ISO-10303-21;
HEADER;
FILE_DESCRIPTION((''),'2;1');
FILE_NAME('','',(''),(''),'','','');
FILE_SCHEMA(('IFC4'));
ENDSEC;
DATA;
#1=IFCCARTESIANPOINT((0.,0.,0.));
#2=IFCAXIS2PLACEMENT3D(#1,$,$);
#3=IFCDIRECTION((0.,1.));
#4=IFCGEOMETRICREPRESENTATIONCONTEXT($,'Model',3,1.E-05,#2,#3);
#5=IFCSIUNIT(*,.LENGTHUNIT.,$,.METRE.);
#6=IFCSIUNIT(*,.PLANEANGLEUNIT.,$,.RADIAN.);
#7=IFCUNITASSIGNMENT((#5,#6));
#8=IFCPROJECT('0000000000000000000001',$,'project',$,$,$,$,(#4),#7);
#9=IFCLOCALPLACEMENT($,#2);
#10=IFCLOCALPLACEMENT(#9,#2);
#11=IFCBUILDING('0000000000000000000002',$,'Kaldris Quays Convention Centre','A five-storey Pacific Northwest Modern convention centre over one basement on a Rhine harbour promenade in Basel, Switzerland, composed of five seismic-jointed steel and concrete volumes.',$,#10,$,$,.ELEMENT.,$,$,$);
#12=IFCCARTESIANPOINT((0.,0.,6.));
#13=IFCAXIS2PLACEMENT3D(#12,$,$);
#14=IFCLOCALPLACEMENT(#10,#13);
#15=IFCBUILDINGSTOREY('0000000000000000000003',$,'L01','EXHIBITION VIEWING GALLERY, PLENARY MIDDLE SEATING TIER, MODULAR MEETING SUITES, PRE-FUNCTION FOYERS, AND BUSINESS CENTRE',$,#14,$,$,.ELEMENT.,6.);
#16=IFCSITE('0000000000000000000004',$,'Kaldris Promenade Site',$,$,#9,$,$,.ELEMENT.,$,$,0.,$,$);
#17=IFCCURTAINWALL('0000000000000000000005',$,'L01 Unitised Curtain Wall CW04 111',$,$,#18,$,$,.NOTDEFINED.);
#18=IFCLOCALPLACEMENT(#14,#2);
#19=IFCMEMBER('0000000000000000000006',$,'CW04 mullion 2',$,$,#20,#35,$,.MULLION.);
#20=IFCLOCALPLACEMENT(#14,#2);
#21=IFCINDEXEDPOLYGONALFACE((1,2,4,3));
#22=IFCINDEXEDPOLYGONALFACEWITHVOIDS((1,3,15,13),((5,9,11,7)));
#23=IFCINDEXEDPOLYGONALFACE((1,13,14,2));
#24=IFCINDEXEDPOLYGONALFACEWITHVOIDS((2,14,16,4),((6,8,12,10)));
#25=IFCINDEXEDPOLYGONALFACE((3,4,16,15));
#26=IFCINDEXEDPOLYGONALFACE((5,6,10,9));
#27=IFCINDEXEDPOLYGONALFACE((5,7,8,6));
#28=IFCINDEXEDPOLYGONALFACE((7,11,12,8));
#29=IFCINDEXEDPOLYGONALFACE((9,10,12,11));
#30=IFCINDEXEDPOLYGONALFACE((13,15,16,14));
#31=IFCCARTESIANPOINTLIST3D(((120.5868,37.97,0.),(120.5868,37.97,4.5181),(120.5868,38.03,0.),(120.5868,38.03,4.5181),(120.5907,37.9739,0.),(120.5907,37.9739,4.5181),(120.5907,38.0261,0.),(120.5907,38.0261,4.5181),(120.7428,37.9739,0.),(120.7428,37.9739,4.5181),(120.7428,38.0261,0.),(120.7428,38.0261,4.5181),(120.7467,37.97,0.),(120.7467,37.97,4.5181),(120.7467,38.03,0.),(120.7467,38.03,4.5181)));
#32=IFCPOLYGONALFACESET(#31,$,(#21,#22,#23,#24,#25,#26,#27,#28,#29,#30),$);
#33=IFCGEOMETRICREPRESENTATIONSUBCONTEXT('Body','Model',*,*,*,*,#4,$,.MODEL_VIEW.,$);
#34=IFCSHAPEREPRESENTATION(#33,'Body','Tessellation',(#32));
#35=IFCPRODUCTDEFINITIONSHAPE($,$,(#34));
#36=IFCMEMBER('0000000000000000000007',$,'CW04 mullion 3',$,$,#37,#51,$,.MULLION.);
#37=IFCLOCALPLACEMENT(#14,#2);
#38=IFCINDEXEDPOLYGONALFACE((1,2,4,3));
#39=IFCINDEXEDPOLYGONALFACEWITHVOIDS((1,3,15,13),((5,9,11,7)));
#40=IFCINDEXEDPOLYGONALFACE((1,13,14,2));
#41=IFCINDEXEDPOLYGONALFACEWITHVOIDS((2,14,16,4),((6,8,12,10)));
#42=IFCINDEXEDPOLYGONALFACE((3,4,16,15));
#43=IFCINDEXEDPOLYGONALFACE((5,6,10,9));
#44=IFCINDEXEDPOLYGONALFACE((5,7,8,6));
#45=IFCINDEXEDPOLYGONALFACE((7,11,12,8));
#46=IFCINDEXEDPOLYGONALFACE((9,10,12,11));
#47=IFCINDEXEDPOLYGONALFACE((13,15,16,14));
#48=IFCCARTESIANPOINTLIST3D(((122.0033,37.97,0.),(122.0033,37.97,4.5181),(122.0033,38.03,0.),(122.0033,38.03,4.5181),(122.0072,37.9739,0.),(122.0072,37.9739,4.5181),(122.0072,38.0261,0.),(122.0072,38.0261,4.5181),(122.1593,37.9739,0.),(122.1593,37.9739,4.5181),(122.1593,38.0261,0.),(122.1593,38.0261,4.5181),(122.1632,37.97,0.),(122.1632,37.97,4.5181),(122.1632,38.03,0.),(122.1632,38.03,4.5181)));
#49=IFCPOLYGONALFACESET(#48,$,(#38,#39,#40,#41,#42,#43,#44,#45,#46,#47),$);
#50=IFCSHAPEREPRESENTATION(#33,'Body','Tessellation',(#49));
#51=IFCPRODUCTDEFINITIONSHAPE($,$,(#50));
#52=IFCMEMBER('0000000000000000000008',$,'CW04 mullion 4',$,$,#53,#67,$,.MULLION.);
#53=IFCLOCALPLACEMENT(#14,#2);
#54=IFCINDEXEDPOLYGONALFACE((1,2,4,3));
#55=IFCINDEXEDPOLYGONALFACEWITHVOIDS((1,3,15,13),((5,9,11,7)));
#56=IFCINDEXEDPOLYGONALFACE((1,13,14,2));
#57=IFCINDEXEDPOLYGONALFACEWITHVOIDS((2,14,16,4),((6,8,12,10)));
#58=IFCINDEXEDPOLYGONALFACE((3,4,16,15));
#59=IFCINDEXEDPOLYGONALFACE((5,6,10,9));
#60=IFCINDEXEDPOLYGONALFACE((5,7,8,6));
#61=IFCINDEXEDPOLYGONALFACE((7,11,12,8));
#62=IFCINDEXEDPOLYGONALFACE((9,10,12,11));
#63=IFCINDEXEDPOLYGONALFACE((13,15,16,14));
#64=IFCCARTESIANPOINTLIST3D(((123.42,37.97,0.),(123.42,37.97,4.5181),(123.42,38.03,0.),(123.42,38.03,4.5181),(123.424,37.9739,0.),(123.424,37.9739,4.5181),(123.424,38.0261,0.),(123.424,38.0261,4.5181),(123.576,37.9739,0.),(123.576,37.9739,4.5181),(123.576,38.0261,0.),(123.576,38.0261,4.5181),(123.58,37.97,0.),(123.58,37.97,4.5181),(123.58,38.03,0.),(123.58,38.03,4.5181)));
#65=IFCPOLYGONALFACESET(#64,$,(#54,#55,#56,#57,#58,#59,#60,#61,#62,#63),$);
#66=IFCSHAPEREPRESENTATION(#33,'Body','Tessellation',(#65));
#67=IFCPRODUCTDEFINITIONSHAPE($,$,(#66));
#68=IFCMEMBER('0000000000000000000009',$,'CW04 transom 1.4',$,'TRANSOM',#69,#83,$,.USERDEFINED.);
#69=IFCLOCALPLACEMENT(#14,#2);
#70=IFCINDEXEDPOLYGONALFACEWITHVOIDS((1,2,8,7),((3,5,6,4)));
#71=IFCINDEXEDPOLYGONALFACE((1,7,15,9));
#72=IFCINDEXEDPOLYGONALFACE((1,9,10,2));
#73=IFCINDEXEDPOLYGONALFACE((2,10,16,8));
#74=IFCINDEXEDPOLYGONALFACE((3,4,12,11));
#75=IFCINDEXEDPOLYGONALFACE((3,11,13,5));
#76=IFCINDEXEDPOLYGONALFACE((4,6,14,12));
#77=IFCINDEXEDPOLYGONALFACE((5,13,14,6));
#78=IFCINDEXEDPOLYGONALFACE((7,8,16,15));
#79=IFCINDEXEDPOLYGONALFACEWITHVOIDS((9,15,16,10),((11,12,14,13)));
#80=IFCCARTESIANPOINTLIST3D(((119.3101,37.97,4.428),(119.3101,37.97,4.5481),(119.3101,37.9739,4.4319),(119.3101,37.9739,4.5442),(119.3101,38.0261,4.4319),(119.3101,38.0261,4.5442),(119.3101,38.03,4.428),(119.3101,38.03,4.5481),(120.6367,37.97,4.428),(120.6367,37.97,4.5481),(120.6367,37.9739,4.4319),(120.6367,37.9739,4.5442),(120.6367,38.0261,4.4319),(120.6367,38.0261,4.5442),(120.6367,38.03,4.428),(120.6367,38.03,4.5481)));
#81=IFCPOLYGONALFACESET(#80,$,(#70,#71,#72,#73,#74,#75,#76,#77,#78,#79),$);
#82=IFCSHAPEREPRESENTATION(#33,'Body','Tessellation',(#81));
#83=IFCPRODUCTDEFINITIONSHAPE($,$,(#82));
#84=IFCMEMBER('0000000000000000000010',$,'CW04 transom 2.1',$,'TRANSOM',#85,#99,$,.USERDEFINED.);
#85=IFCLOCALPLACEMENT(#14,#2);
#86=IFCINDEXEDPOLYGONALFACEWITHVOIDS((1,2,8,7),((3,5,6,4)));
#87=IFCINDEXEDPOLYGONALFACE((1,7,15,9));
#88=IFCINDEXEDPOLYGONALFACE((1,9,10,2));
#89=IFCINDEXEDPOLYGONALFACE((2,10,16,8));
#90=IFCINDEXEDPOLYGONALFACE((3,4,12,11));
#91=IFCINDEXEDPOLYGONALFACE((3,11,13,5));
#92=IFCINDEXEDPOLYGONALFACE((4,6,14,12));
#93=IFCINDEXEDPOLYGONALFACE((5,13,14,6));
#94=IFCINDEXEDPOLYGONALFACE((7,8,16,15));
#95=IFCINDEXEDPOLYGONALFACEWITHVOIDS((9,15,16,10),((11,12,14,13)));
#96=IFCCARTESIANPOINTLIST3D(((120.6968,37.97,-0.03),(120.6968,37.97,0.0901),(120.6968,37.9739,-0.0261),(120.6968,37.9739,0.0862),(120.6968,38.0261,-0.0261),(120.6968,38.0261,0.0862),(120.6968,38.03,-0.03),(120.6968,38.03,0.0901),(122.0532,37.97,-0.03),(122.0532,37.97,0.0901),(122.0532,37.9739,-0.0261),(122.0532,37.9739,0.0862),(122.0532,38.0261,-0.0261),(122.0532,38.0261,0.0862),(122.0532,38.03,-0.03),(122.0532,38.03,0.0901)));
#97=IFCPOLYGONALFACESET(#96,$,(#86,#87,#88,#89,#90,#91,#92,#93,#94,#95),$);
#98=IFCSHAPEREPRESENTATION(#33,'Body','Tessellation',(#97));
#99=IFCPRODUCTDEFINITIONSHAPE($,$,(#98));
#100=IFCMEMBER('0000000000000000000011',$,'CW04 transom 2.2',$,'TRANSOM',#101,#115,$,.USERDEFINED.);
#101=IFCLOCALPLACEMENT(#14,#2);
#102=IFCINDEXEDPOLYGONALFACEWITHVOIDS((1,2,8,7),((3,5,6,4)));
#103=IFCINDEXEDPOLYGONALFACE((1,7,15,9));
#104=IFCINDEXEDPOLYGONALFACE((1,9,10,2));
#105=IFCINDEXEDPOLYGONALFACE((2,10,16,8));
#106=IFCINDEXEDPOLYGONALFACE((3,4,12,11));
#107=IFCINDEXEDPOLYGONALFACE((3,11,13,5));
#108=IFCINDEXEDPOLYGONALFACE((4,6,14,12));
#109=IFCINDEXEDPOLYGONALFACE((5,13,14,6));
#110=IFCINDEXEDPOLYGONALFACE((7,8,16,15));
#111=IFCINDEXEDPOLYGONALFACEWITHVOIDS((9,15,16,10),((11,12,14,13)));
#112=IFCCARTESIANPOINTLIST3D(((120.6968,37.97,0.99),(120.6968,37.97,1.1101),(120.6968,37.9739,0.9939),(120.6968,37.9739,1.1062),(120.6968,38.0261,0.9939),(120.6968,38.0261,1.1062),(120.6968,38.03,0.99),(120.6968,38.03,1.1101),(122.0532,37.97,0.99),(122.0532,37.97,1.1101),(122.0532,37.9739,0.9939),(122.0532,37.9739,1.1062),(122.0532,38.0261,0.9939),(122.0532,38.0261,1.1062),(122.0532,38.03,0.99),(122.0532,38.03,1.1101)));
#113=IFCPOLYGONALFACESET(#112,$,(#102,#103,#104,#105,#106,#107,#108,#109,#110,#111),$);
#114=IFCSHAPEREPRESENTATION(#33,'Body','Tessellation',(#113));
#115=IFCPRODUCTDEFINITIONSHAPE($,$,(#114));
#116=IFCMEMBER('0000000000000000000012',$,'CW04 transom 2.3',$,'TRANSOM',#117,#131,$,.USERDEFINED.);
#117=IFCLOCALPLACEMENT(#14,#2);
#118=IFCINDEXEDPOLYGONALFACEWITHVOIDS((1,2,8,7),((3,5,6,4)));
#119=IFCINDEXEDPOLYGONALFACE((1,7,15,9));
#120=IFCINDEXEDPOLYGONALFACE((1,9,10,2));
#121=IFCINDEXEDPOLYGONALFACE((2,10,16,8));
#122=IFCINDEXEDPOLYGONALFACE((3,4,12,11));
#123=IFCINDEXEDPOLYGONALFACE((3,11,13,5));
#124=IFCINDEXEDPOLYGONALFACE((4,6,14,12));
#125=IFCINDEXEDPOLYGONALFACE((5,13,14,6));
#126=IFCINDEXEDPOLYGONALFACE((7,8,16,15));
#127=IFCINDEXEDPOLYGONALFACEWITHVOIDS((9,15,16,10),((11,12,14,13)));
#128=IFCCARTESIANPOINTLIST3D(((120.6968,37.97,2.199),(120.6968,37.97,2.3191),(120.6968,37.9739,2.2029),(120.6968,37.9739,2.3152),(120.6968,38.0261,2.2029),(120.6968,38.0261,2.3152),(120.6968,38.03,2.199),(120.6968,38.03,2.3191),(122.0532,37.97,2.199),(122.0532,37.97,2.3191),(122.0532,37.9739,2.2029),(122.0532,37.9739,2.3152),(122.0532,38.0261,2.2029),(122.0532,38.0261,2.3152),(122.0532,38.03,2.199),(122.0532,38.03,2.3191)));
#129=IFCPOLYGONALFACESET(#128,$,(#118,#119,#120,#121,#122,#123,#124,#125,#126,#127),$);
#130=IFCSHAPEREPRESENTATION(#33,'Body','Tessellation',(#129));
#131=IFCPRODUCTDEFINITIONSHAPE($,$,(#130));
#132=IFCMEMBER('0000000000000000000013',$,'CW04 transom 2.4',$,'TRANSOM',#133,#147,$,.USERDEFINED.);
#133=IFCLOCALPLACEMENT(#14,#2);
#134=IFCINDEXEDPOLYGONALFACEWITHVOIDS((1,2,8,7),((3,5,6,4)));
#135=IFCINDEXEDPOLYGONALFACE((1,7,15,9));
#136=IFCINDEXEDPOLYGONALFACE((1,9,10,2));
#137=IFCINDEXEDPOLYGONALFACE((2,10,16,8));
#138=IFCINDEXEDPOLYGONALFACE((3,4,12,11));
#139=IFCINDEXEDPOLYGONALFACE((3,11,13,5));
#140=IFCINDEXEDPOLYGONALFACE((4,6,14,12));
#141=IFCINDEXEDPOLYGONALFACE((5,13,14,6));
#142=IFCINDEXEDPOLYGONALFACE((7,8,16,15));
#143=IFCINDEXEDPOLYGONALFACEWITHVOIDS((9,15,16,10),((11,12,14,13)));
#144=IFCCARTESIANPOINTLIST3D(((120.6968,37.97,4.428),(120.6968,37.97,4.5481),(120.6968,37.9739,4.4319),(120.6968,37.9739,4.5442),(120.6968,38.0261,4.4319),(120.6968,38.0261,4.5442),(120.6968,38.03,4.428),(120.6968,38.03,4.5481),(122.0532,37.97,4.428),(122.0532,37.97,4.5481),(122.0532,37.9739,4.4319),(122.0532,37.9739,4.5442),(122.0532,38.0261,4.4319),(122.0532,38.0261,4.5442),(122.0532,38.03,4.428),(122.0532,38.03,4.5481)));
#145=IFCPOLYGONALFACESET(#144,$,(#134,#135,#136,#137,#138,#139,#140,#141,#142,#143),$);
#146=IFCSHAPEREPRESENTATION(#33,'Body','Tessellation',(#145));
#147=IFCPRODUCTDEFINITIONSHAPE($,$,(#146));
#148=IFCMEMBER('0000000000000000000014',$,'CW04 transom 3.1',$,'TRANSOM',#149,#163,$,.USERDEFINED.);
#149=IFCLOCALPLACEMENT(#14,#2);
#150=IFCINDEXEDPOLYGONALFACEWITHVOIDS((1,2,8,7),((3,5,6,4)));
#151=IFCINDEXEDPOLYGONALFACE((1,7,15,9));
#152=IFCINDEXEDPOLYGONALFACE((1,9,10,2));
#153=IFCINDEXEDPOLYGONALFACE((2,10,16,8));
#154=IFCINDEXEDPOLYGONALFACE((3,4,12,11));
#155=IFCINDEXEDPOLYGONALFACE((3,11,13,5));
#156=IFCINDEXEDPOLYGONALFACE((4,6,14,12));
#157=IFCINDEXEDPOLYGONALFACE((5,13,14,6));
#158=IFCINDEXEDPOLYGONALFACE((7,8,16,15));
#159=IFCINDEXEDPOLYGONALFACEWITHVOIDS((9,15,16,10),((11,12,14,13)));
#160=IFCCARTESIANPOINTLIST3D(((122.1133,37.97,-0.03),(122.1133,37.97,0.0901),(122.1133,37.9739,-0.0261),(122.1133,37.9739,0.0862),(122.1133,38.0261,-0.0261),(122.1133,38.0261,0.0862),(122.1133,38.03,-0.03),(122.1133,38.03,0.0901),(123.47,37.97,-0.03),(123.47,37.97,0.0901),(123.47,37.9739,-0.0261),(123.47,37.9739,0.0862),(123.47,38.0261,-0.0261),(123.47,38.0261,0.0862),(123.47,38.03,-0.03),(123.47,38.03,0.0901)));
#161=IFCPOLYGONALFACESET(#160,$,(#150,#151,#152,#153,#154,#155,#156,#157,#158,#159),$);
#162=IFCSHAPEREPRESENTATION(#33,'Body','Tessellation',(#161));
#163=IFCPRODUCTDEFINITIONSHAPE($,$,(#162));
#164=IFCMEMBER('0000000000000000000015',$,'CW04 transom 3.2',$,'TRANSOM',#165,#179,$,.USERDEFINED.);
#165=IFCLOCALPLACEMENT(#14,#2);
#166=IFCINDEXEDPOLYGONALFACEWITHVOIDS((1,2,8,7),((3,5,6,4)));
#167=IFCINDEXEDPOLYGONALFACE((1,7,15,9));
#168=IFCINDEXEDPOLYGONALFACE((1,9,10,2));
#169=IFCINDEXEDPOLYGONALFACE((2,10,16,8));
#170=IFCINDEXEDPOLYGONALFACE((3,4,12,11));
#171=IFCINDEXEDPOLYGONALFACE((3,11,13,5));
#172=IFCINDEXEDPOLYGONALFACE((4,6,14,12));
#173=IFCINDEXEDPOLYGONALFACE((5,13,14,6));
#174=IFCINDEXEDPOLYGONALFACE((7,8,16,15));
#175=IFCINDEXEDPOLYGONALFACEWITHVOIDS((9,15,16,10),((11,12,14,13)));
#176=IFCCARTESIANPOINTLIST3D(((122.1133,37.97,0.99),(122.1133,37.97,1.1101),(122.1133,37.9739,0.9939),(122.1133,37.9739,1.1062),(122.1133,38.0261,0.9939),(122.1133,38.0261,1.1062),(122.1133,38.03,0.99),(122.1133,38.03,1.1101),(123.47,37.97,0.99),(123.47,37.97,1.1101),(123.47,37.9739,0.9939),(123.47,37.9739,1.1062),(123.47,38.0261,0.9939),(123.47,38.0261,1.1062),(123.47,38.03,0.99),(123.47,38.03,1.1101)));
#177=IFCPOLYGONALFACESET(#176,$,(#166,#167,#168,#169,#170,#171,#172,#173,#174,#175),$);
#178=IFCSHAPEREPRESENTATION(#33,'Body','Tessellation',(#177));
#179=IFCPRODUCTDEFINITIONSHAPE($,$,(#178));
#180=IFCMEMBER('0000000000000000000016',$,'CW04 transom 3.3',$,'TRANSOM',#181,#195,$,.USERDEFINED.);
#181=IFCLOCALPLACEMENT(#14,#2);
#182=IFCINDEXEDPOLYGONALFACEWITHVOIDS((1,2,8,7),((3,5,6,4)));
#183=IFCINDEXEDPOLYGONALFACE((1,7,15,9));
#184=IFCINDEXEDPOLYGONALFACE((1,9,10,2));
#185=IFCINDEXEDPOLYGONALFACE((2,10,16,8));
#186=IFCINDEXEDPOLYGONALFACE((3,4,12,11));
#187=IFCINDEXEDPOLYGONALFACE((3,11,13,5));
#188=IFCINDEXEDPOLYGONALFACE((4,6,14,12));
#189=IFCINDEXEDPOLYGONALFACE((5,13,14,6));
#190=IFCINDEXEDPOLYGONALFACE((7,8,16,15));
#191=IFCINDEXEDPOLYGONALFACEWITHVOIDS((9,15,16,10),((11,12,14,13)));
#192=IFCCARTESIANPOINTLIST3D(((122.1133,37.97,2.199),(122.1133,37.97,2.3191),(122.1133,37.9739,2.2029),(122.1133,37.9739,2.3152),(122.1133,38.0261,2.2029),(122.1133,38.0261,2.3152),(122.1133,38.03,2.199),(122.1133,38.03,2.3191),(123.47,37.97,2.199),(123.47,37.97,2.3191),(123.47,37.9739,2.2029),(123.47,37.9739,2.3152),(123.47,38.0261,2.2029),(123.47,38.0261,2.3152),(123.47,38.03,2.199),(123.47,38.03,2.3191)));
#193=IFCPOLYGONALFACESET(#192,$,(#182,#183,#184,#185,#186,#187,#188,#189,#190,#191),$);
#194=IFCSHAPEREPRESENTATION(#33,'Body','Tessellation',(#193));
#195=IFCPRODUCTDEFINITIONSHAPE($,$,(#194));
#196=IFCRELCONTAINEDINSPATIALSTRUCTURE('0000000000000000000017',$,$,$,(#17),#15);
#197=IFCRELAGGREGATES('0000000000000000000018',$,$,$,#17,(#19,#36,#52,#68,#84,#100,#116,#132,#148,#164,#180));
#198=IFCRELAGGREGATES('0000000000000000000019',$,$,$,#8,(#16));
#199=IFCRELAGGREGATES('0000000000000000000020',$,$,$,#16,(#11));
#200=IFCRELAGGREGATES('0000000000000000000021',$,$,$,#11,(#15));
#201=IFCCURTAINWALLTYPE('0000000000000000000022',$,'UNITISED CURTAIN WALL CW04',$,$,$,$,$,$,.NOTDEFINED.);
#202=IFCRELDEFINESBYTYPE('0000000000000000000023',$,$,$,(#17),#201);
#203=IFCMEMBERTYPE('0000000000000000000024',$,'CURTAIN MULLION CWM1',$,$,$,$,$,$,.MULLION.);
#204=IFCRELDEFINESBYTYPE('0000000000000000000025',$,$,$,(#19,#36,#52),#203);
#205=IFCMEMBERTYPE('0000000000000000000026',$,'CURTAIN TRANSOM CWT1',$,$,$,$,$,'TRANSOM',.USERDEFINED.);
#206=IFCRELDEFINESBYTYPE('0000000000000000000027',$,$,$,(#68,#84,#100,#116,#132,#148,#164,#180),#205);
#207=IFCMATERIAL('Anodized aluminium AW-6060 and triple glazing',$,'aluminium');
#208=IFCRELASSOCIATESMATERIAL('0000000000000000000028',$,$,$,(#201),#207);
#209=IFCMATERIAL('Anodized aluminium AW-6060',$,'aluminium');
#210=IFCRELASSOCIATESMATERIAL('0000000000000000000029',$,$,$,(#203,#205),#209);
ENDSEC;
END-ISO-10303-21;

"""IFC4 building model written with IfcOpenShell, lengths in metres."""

from ifc_helpers import new_model, si_unit, direction, frame, origin, origin_2d, place, context, subcontext, project, spatial, hollow_rectangle, extrude, material, material_profile, profile_set, type_object, element, aggregate, save


model = new_model("IFC4")

# Units and contexts
model_context = context("Model", 3, precision=1e-05, world=origin(), true_north=direction((0.0, 1.0)))
body_context = subcontext(model_context, "Body", "Model", "MODEL_VIEW")
ifc_project = project(units=[si_unit("LENGTHUNIT", "METRE"), si_unit("PLANEANGLEUNIT", "RADIAN")], contexts=[model_context])

# Site, building, storey
site_placement = place(None, origin())
site = spatial("IfcSite", under=ifc_project, at=site_placement, Name="Kaldris Promenade Site", CompositionType="ELEMENT", RefElevation=0.0)
building_placement = place(site_placement, origin())
building = spatial("IfcBuilding", under=site, at=building_placement, Name="Kaldris Quays Convention Centre", Description="A five-storey Pacific Northwest Modern convention centre over one basement on a Rhine harbour promenade in Basel, Switzerland, composed of five seismic-jointed steel and concrete volumes.", CompositionType="ELEMENT")
storey_placement = place(building_placement, frame((0.0, 0.0, 6.0)))
storey = spatial("IfcBuildingStorey", under=building, at=storey_placement, Name="L01", Description="EXHIBITION VIEWING GALLERY, PLENARY MIDDLE SEATING TIER, MODULAR MEETING SUITES, PRE-FUNCTION FOYERS, AND BUSINESS CENTRE", CompositionType="ELEMENT", Elevation=6.0)

# Curtain wall, members
ifc_material_1 = material(Name="Anodized aluminium AW-6060 and triple glazing", Category="aluminium")
curtain_wall_type = type_object("IfcCurtainWallType", Name="UNITISED CURTAIN WALL CW04", PredefinedType="NOTDEFINED", material=ifc_material_1)
curtain_wall_placement = place(storey_placement, origin())
curtain_wall = element("IfcCurtainWall", 1, at=curtain_wall_placement, inside=storey, type_object=curtain_wall_type, Name="L01 Unitised Curtain Wall CW04 111", PredefinedType="NOTDEFINED")
ifc_material_2 = material(Name="Anodized aluminium AW-6060", Category="aluminium")
ifc_material_profile_1 = material_profile(ifc_material_2, hollow_rectangle(XDim=0.0601, YDim=0.1599, WallThickness=0.0039, at=origin_2d()), Name="RHS 160x60x4")
ifc_profile_set_1 = profile_set([ifc_material_profile_1], Name="Anodized aluminium AW-6060")
member_type_1 = type_object("IfcMemberType", Name="CURTAIN MULLION CWM1", PredefinedType="MULLION", material=ifc_profile_set_1)
member_1_placement = place(storey_placement, frame((120.6667, 38.0, 0.0), z_axis=(0.0, 0.0, 1.0), x_axis=(0.0, 1.0, 0.0)))
member_1 = element("IfcMember", 2, at=member_1_placement, type_object=member_type_1, Name="CW04 mullion 2", PredefinedType="MULLION", context=body_context, shape_type="SweptSolid", body=[
    extrude(hollow_rectangle(XDim=0.0601, YDim=0.1599, WallThickness=0.0039, at=origin_2d()), origin(), (0.0, 0.0, 1.0), 4.5181),
])
member_2_placement = place(storey_placement, frame((122.0833, 38.0, 0.0), z_axis=(0.0, 0.0, 1.0), x_axis=(0.0, 1.0, 0.0)))
member_2 = element("IfcMember", 3, at=member_2_placement, type_object=member_type_1, Name="CW04 mullion 3", PredefinedType="MULLION", context=body_context, shape_type="SweptSolid", body=[
    extrude(hollow_rectangle(XDim=0.0601, YDim=0.1599, WallThickness=0.0039, at=origin_2d()), origin(), (0.0, 0.0, 1.0), 4.5181),
])
member_3_placement = place(storey_placement, frame((123.5, 38.0, 0.0), z_axis=(0.0, 0.0, 1.0), x_axis=(0.0, 1.0, 0.0)))
member_3 = element("IfcMember", 4, at=member_3_placement, type_object=member_type_1, Name="CW04 mullion 4", PredefinedType="MULLION", context=body_context, shape_type="SweptSolid", body=[
    extrude(hollow_rectangle(XDim=0.0601, YDim=0.1599, WallThickness=0.0039, at=origin_2d()), origin(), (0.0, 0.0, 1.0), 4.5181),
])
ifc_material_profile_2 = material_profile(ifc_material_2, hollow_rectangle(XDim=0.0601, YDim=0.1201, WallThickness=0.0039, at=origin_2d()), Name="RHS 120x60x4")
ifc_profile_set_2 = profile_set([ifc_material_profile_2], Name="Anodized aluminium AW-6060")
member_type_2 = type_object("IfcMemberType", Name="CURTAIN TRANSOM CWT1", ElementType="TRANSOM", PredefinedType="USERDEFINED", material=ifc_profile_set_2)
member_4_placement = place(storey_placement, frame((119.3101, 38.0, 4.488), z_axis=(1.0, 0.0, 0.0), x_axis=(0.0, 1.0, 0.0)))
member_4 = element("IfcMember", 5, at=member_4_placement, type_object=member_type_2, Name="CW04 transom 1.4", ObjectType="TRANSOM", PredefinedType="USERDEFINED", context=body_context, shape_type="SweptSolid", body=[
    extrude(hollow_rectangle(XDim=0.0601, YDim=0.1201, WallThickness=0.0039, at=origin_2d()), origin(), (0.0, 0.0, 1.0), 1.3267),
])
member_5_placement = place(storey_placement, frame((120.6968, 38.0, 0.03), z_axis=(1.0, 0.0, 0.0), x_axis=(0.0, 1.0, 0.0)))
member_5 = element("IfcMember", 6, at=member_5_placement, type_object=member_type_2, Name="CW04 transom 2.1", ObjectType="TRANSOM", PredefinedType="USERDEFINED", context=body_context, shape_type="SweptSolid", body=[
    extrude(hollow_rectangle(XDim=0.0601, YDim=0.1201, WallThickness=0.0039, at=origin_2d()), origin(), (0.0, 0.0, 1.0), 1.3564),
])
member_6_placement = place(storey_placement, frame((120.6968, 38.0, 1.05), z_axis=(1.0, 0.0, 0.0), x_axis=(0.0, 1.0, 0.0)))
member_6 = element("IfcMember", 7, at=member_6_placement, type_object=member_type_2, Name="CW04 transom 2.2", ObjectType="TRANSOM", PredefinedType="USERDEFINED", context=body_context, shape_type="SweptSolid", body=[
    extrude(hollow_rectangle(XDim=0.0601, YDim=0.1201, WallThickness=0.0039, at=origin_2d()), origin(), (0.0, 0.0, 1.0), 1.3564),
])
member_7_placement = place(storey_placement, frame((120.6968, 38.0, 2.259), z_axis=(1.0, 0.0, 0.0), x_axis=(0.0, 1.0, 0.0)))
member_7 = element("IfcMember", 8, at=member_7_placement, type_object=member_type_2, Name="CW04 transom 2.3", ObjectType="TRANSOM", PredefinedType="USERDEFINED", context=body_context, shape_type="SweptSolid", body=[
    extrude(hollow_rectangle(XDim=0.0601, YDim=0.1201, WallThickness=0.0039, at=origin_2d()), origin(), (0.0, 0.0, 1.0), 1.3564),
])
member_8_placement = place(storey_placement, frame((120.6968, 38.0, 4.488), z_axis=(1.0, 0.0, 0.0), x_axis=(0.0, 1.0, 0.0)))
member_8 = element("IfcMember", 9, at=member_8_placement, type_object=member_type_2, Name="CW04 transom 2.4", ObjectType="TRANSOM", PredefinedType="USERDEFINED", context=body_context, shape_type="SweptSolid", body=[
    extrude(hollow_rectangle(XDim=0.0601, YDim=0.1201, WallThickness=0.0039, at=origin_2d()), origin(), (0.0, 0.0, 1.0), 1.3564),
])
member_9_placement = place(storey_placement, frame((122.1133, 38.0, 0.03), z_axis=(1.0, 0.0, 0.0), x_axis=(0.0, 1.0, 0.0)))
member_9 = element("IfcMember", 10, at=member_9_placement, type_object=member_type_2, Name="CW04 transom 3.1", ObjectType="TRANSOM", PredefinedType="USERDEFINED", context=body_context, shape_type="SweptSolid", body=[
    extrude(hollow_rectangle(XDim=0.0601, YDim=0.1201, WallThickness=0.0039, at=origin_2d()), origin(), (0.0, 0.0, 1.0), 1.3567),
])
member_10_placement = place(storey_placement, frame((122.1133, 38.0, 1.05), z_axis=(1.0, 0.0, 0.0), x_axis=(0.0, 1.0, 0.0)))
member_10 = element("IfcMember", 11, at=member_10_placement, type_object=member_type_2, Name="CW04 transom 3.2", ObjectType="TRANSOM", PredefinedType="USERDEFINED", context=body_context, shape_type="SweptSolid", body=[
    extrude(hollow_rectangle(XDim=0.0601, YDim=0.1201, WallThickness=0.0039, at=origin_2d()), origin(), (0.0, 0.0, 1.0), 1.3567),
])
member_11_placement = place(storey_placement, frame((122.1133, 38.0, 2.259), z_axis=(1.0, 0.0, 0.0), x_axis=(0.0, 1.0, 0.0)))
member_11 = element("IfcMember", 12, at=member_11_placement, type_object=member_type_2, Name="CW04 transom 3.3", ObjectType="TRANSOM", PredefinedType="USERDEFINED", context=body_context, shape_type="SweptSolid", body=[
    extrude(hollow_rectangle(XDim=0.0601, YDim=0.1201, WallThickness=0.0039, at=origin_2d()), origin(), (0.0, 0.0, 1.0), 1.3567),
])
aggregate(curtain_wall, [member_1, member_2, member_3, member_4, member_5, member_6, member_7, member_8, member_9, member_10, member_11])

save(model, "model.ifc")
